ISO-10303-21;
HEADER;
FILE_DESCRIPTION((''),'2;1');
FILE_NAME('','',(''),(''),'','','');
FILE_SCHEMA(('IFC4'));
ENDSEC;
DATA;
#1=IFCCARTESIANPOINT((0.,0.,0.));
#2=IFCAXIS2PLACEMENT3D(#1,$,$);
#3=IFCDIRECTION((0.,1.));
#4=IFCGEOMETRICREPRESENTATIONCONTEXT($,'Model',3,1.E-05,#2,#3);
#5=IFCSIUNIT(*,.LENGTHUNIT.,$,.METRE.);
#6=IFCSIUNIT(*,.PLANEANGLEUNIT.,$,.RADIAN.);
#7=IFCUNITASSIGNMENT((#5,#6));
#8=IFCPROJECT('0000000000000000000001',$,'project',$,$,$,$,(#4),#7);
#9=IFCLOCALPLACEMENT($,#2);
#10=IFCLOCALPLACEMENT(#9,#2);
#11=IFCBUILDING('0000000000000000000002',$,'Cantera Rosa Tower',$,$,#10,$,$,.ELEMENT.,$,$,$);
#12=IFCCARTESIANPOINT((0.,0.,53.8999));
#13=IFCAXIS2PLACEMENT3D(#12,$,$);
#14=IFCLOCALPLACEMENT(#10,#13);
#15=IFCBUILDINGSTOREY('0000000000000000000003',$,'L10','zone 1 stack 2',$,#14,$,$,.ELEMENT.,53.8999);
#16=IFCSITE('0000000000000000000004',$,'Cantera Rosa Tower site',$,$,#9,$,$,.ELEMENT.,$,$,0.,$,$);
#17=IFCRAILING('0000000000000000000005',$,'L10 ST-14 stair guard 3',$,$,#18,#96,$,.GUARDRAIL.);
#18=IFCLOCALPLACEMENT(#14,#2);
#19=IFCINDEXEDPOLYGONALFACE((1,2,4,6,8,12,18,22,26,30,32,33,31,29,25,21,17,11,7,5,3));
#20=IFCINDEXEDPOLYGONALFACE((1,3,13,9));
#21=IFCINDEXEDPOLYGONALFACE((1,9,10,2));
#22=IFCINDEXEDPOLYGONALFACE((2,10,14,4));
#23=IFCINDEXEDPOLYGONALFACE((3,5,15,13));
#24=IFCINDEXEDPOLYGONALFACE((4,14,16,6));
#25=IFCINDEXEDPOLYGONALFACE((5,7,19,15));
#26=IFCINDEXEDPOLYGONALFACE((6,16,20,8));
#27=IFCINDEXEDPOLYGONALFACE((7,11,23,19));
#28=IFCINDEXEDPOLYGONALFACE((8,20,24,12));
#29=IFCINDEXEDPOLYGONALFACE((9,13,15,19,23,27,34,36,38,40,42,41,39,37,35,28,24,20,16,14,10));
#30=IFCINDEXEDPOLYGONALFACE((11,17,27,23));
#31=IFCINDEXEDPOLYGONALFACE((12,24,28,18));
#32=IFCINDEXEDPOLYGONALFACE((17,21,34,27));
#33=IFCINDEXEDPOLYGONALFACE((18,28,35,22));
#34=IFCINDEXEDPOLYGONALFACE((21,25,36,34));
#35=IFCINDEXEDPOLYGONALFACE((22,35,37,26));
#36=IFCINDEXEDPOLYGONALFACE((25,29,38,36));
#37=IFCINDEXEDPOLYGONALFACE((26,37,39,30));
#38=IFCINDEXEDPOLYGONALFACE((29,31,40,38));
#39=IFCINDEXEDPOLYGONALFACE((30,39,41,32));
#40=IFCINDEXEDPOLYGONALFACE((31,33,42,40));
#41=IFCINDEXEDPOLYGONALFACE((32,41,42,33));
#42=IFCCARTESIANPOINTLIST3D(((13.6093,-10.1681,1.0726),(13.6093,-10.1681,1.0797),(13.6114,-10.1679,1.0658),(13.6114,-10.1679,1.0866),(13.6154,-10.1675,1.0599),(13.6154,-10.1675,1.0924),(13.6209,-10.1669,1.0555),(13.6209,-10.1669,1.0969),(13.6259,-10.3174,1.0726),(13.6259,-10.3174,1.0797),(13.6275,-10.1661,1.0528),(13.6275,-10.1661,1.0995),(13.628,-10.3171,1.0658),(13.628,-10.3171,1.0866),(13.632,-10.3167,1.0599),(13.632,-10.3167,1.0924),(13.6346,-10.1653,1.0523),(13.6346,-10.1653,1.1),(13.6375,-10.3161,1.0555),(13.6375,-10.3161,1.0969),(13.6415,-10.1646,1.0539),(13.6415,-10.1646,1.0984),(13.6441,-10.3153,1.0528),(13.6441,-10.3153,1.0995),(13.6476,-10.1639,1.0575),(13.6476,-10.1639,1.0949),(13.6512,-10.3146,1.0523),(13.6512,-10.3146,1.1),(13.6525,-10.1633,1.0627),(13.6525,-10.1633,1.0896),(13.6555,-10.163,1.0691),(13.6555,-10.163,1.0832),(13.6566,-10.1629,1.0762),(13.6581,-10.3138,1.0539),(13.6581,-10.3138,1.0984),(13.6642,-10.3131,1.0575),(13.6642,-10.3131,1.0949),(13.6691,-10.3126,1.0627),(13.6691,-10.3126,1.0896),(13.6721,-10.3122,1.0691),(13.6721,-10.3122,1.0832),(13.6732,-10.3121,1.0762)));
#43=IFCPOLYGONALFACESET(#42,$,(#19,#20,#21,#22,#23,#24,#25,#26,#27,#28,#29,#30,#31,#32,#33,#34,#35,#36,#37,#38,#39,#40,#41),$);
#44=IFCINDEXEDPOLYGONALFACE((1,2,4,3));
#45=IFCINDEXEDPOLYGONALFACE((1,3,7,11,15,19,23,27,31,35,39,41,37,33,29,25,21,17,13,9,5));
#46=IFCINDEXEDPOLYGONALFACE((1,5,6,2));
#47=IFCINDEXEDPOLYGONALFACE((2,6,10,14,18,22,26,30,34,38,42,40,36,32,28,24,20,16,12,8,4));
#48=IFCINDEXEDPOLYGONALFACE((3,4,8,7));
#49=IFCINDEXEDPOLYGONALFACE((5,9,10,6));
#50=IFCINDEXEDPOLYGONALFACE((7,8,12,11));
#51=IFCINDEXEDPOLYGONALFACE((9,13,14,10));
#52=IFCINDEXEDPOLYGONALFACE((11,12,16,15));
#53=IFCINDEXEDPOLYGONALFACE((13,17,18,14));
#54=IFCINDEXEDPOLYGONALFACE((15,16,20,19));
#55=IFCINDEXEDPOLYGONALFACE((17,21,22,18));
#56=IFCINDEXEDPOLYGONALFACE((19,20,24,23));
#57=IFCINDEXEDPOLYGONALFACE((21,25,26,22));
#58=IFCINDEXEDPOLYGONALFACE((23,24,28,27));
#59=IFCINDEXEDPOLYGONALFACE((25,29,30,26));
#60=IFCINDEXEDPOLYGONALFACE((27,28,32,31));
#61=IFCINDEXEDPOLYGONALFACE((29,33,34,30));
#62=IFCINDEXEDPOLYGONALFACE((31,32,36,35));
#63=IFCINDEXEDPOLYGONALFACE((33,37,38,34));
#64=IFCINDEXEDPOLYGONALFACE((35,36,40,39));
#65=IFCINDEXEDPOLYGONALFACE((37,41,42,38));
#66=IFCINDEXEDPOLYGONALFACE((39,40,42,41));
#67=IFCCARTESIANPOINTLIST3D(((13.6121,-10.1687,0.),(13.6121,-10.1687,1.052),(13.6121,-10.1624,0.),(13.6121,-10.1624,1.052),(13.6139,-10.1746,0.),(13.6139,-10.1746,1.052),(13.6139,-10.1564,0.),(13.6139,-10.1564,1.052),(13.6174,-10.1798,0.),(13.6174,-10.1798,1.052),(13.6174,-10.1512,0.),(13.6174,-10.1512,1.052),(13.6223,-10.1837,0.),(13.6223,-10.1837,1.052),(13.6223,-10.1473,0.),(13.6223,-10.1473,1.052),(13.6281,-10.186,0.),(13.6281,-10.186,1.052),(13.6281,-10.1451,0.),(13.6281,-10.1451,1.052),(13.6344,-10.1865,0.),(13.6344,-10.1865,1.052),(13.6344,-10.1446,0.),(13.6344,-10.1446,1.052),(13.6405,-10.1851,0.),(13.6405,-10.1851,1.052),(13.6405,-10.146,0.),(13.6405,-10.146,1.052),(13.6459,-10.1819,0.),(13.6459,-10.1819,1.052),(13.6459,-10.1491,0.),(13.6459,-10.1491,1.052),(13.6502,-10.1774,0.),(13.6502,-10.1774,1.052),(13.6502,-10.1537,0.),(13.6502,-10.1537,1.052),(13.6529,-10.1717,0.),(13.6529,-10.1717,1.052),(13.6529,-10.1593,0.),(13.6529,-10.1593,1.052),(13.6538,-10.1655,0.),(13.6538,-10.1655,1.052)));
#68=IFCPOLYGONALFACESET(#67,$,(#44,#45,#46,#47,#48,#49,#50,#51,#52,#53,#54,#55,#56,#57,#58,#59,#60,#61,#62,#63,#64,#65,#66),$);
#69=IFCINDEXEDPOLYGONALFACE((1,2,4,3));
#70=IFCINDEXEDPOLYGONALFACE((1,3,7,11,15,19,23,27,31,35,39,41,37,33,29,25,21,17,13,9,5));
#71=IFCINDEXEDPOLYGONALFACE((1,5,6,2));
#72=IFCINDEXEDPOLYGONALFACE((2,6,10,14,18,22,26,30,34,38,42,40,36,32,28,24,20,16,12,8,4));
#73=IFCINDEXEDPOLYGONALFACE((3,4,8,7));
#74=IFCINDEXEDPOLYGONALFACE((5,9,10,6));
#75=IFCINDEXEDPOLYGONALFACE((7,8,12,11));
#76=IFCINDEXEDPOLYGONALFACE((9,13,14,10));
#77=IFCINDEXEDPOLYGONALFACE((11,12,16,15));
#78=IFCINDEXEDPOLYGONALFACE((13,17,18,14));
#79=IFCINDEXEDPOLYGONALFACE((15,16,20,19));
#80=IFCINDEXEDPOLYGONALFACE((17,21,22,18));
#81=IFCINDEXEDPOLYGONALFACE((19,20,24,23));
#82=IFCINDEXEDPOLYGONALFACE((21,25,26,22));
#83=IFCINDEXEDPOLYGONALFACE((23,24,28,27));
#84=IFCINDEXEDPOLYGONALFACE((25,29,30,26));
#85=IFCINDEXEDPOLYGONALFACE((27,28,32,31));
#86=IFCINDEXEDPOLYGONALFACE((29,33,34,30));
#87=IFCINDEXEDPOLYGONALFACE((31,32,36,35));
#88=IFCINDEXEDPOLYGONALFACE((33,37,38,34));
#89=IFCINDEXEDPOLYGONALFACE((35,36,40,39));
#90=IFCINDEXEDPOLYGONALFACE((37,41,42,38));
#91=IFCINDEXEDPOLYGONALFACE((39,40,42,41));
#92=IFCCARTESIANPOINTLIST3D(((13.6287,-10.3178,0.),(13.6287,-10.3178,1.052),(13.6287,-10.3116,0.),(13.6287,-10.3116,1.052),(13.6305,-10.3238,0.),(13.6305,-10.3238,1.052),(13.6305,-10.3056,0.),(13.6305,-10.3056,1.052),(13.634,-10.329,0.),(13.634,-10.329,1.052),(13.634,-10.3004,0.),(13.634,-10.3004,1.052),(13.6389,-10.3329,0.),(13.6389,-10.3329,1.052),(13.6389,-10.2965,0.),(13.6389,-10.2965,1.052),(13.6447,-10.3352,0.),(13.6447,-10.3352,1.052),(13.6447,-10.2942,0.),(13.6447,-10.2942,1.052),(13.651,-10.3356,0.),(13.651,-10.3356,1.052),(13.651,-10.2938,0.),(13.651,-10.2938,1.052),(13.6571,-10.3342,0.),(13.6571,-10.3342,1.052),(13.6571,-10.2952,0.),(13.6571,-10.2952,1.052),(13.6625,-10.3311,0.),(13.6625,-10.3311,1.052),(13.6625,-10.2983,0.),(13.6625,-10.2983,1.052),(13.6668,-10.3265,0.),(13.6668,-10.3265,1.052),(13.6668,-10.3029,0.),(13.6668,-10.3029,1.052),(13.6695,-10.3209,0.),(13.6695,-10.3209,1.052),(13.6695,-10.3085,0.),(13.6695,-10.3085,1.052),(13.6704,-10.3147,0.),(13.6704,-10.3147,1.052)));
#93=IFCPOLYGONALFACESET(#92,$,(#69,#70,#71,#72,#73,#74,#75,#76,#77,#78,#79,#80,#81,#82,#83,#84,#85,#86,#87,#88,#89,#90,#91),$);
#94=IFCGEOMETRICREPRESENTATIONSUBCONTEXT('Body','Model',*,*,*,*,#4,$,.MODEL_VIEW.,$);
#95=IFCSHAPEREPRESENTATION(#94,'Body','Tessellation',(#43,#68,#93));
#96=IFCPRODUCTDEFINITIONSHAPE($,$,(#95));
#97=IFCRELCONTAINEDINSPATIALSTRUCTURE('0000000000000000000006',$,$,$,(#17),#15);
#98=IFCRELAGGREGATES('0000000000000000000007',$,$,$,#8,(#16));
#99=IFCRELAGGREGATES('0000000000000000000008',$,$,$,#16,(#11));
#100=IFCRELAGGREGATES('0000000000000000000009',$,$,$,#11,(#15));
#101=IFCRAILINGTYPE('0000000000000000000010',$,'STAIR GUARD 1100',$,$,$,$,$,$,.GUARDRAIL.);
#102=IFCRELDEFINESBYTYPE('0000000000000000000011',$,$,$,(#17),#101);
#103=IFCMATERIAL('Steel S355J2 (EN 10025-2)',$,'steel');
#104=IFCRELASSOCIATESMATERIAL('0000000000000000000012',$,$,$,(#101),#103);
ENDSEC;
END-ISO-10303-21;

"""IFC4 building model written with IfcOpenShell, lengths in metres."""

from ifc_helpers import new_model, si_unit, direction, frame, origin, origin_2d, place, context, subcontext, project, spatial, circle, extrude, material, type_object, element, save


model = new_model("IFC4")

# Units and contexts
model_context = context("Model", 3, precision=1e-05, world=origin(), true_north=direction((0.0, 1.0)))
body_context = subcontext(model_context, "Body", "Model", "MODEL_VIEW")
ifc_project = project(units=[si_unit("LENGTHUNIT", "METRE"), si_unit("PLANEANGLEUNIT", "RADIAN")], contexts=[model_context])

# Site, building, storey
site_placement = place(None, origin())
site = spatial("IfcSite", under=ifc_project, at=site_placement, Name="Cantera Rosa Tower site", CompositionType="ELEMENT", RefElevation=0.0)
building_placement = place(site_placement, origin())
building = spatial("IfcBuilding", under=site, at=building_placement, Name="Cantera Rosa Tower", CompositionType="ELEMENT")
storey_placement = place(building_placement, frame((0.0, 0.0, 53.8999)))
storey = spatial("IfcBuildingStorey", under=building, at=storey_placement, Name="L10", Description="zone 1 stack 2", CompositionType="ELEMENT", Elevation=53.8999)

# Railing
ifc_material_1 = material(Name="Steel S355J2 (EN 10025-2)", Category="steel")
railing_type_1 = type_object("IfcRailingType", Name="STAIR GUARD 1100", PredefinedType="GUARDRAIL", material=ifc_material_1)
railing_1_placement = place(storey_placement, frame((13.6328, -10.1655, 0.0)))
element("IfcRailing", 1, at=railing_1_placement, inside=storey, type_object=railing_type_1, Name="L10 ST-14 stair guard 3", PredefinedType="GUARDRAIL", context=body_context, shape_type="SweptSolid", body=[
    extrude(circle(Radius=0.0239, at=origin_2d()), frame((0.0, 0.0, 1.0762), z_axis=(0.11061, -0.993864, 0.0), x_axis=(0.993864, 0.11061, 0.0)), (0.0, 0.0, 1.0), 0.1501),
    extrude(circle(Radius=0.021, at=origin_2d()), origin(), (0.0, 0.0, 1.0), 1.052),
    extrude(circle(Radius=0.021, at=origin_2d()), frame((0.0166, -0.1492, 0.0)), (0.0, 0.0, 1.0), 1.052),
])

save(model, "model.ifc")
